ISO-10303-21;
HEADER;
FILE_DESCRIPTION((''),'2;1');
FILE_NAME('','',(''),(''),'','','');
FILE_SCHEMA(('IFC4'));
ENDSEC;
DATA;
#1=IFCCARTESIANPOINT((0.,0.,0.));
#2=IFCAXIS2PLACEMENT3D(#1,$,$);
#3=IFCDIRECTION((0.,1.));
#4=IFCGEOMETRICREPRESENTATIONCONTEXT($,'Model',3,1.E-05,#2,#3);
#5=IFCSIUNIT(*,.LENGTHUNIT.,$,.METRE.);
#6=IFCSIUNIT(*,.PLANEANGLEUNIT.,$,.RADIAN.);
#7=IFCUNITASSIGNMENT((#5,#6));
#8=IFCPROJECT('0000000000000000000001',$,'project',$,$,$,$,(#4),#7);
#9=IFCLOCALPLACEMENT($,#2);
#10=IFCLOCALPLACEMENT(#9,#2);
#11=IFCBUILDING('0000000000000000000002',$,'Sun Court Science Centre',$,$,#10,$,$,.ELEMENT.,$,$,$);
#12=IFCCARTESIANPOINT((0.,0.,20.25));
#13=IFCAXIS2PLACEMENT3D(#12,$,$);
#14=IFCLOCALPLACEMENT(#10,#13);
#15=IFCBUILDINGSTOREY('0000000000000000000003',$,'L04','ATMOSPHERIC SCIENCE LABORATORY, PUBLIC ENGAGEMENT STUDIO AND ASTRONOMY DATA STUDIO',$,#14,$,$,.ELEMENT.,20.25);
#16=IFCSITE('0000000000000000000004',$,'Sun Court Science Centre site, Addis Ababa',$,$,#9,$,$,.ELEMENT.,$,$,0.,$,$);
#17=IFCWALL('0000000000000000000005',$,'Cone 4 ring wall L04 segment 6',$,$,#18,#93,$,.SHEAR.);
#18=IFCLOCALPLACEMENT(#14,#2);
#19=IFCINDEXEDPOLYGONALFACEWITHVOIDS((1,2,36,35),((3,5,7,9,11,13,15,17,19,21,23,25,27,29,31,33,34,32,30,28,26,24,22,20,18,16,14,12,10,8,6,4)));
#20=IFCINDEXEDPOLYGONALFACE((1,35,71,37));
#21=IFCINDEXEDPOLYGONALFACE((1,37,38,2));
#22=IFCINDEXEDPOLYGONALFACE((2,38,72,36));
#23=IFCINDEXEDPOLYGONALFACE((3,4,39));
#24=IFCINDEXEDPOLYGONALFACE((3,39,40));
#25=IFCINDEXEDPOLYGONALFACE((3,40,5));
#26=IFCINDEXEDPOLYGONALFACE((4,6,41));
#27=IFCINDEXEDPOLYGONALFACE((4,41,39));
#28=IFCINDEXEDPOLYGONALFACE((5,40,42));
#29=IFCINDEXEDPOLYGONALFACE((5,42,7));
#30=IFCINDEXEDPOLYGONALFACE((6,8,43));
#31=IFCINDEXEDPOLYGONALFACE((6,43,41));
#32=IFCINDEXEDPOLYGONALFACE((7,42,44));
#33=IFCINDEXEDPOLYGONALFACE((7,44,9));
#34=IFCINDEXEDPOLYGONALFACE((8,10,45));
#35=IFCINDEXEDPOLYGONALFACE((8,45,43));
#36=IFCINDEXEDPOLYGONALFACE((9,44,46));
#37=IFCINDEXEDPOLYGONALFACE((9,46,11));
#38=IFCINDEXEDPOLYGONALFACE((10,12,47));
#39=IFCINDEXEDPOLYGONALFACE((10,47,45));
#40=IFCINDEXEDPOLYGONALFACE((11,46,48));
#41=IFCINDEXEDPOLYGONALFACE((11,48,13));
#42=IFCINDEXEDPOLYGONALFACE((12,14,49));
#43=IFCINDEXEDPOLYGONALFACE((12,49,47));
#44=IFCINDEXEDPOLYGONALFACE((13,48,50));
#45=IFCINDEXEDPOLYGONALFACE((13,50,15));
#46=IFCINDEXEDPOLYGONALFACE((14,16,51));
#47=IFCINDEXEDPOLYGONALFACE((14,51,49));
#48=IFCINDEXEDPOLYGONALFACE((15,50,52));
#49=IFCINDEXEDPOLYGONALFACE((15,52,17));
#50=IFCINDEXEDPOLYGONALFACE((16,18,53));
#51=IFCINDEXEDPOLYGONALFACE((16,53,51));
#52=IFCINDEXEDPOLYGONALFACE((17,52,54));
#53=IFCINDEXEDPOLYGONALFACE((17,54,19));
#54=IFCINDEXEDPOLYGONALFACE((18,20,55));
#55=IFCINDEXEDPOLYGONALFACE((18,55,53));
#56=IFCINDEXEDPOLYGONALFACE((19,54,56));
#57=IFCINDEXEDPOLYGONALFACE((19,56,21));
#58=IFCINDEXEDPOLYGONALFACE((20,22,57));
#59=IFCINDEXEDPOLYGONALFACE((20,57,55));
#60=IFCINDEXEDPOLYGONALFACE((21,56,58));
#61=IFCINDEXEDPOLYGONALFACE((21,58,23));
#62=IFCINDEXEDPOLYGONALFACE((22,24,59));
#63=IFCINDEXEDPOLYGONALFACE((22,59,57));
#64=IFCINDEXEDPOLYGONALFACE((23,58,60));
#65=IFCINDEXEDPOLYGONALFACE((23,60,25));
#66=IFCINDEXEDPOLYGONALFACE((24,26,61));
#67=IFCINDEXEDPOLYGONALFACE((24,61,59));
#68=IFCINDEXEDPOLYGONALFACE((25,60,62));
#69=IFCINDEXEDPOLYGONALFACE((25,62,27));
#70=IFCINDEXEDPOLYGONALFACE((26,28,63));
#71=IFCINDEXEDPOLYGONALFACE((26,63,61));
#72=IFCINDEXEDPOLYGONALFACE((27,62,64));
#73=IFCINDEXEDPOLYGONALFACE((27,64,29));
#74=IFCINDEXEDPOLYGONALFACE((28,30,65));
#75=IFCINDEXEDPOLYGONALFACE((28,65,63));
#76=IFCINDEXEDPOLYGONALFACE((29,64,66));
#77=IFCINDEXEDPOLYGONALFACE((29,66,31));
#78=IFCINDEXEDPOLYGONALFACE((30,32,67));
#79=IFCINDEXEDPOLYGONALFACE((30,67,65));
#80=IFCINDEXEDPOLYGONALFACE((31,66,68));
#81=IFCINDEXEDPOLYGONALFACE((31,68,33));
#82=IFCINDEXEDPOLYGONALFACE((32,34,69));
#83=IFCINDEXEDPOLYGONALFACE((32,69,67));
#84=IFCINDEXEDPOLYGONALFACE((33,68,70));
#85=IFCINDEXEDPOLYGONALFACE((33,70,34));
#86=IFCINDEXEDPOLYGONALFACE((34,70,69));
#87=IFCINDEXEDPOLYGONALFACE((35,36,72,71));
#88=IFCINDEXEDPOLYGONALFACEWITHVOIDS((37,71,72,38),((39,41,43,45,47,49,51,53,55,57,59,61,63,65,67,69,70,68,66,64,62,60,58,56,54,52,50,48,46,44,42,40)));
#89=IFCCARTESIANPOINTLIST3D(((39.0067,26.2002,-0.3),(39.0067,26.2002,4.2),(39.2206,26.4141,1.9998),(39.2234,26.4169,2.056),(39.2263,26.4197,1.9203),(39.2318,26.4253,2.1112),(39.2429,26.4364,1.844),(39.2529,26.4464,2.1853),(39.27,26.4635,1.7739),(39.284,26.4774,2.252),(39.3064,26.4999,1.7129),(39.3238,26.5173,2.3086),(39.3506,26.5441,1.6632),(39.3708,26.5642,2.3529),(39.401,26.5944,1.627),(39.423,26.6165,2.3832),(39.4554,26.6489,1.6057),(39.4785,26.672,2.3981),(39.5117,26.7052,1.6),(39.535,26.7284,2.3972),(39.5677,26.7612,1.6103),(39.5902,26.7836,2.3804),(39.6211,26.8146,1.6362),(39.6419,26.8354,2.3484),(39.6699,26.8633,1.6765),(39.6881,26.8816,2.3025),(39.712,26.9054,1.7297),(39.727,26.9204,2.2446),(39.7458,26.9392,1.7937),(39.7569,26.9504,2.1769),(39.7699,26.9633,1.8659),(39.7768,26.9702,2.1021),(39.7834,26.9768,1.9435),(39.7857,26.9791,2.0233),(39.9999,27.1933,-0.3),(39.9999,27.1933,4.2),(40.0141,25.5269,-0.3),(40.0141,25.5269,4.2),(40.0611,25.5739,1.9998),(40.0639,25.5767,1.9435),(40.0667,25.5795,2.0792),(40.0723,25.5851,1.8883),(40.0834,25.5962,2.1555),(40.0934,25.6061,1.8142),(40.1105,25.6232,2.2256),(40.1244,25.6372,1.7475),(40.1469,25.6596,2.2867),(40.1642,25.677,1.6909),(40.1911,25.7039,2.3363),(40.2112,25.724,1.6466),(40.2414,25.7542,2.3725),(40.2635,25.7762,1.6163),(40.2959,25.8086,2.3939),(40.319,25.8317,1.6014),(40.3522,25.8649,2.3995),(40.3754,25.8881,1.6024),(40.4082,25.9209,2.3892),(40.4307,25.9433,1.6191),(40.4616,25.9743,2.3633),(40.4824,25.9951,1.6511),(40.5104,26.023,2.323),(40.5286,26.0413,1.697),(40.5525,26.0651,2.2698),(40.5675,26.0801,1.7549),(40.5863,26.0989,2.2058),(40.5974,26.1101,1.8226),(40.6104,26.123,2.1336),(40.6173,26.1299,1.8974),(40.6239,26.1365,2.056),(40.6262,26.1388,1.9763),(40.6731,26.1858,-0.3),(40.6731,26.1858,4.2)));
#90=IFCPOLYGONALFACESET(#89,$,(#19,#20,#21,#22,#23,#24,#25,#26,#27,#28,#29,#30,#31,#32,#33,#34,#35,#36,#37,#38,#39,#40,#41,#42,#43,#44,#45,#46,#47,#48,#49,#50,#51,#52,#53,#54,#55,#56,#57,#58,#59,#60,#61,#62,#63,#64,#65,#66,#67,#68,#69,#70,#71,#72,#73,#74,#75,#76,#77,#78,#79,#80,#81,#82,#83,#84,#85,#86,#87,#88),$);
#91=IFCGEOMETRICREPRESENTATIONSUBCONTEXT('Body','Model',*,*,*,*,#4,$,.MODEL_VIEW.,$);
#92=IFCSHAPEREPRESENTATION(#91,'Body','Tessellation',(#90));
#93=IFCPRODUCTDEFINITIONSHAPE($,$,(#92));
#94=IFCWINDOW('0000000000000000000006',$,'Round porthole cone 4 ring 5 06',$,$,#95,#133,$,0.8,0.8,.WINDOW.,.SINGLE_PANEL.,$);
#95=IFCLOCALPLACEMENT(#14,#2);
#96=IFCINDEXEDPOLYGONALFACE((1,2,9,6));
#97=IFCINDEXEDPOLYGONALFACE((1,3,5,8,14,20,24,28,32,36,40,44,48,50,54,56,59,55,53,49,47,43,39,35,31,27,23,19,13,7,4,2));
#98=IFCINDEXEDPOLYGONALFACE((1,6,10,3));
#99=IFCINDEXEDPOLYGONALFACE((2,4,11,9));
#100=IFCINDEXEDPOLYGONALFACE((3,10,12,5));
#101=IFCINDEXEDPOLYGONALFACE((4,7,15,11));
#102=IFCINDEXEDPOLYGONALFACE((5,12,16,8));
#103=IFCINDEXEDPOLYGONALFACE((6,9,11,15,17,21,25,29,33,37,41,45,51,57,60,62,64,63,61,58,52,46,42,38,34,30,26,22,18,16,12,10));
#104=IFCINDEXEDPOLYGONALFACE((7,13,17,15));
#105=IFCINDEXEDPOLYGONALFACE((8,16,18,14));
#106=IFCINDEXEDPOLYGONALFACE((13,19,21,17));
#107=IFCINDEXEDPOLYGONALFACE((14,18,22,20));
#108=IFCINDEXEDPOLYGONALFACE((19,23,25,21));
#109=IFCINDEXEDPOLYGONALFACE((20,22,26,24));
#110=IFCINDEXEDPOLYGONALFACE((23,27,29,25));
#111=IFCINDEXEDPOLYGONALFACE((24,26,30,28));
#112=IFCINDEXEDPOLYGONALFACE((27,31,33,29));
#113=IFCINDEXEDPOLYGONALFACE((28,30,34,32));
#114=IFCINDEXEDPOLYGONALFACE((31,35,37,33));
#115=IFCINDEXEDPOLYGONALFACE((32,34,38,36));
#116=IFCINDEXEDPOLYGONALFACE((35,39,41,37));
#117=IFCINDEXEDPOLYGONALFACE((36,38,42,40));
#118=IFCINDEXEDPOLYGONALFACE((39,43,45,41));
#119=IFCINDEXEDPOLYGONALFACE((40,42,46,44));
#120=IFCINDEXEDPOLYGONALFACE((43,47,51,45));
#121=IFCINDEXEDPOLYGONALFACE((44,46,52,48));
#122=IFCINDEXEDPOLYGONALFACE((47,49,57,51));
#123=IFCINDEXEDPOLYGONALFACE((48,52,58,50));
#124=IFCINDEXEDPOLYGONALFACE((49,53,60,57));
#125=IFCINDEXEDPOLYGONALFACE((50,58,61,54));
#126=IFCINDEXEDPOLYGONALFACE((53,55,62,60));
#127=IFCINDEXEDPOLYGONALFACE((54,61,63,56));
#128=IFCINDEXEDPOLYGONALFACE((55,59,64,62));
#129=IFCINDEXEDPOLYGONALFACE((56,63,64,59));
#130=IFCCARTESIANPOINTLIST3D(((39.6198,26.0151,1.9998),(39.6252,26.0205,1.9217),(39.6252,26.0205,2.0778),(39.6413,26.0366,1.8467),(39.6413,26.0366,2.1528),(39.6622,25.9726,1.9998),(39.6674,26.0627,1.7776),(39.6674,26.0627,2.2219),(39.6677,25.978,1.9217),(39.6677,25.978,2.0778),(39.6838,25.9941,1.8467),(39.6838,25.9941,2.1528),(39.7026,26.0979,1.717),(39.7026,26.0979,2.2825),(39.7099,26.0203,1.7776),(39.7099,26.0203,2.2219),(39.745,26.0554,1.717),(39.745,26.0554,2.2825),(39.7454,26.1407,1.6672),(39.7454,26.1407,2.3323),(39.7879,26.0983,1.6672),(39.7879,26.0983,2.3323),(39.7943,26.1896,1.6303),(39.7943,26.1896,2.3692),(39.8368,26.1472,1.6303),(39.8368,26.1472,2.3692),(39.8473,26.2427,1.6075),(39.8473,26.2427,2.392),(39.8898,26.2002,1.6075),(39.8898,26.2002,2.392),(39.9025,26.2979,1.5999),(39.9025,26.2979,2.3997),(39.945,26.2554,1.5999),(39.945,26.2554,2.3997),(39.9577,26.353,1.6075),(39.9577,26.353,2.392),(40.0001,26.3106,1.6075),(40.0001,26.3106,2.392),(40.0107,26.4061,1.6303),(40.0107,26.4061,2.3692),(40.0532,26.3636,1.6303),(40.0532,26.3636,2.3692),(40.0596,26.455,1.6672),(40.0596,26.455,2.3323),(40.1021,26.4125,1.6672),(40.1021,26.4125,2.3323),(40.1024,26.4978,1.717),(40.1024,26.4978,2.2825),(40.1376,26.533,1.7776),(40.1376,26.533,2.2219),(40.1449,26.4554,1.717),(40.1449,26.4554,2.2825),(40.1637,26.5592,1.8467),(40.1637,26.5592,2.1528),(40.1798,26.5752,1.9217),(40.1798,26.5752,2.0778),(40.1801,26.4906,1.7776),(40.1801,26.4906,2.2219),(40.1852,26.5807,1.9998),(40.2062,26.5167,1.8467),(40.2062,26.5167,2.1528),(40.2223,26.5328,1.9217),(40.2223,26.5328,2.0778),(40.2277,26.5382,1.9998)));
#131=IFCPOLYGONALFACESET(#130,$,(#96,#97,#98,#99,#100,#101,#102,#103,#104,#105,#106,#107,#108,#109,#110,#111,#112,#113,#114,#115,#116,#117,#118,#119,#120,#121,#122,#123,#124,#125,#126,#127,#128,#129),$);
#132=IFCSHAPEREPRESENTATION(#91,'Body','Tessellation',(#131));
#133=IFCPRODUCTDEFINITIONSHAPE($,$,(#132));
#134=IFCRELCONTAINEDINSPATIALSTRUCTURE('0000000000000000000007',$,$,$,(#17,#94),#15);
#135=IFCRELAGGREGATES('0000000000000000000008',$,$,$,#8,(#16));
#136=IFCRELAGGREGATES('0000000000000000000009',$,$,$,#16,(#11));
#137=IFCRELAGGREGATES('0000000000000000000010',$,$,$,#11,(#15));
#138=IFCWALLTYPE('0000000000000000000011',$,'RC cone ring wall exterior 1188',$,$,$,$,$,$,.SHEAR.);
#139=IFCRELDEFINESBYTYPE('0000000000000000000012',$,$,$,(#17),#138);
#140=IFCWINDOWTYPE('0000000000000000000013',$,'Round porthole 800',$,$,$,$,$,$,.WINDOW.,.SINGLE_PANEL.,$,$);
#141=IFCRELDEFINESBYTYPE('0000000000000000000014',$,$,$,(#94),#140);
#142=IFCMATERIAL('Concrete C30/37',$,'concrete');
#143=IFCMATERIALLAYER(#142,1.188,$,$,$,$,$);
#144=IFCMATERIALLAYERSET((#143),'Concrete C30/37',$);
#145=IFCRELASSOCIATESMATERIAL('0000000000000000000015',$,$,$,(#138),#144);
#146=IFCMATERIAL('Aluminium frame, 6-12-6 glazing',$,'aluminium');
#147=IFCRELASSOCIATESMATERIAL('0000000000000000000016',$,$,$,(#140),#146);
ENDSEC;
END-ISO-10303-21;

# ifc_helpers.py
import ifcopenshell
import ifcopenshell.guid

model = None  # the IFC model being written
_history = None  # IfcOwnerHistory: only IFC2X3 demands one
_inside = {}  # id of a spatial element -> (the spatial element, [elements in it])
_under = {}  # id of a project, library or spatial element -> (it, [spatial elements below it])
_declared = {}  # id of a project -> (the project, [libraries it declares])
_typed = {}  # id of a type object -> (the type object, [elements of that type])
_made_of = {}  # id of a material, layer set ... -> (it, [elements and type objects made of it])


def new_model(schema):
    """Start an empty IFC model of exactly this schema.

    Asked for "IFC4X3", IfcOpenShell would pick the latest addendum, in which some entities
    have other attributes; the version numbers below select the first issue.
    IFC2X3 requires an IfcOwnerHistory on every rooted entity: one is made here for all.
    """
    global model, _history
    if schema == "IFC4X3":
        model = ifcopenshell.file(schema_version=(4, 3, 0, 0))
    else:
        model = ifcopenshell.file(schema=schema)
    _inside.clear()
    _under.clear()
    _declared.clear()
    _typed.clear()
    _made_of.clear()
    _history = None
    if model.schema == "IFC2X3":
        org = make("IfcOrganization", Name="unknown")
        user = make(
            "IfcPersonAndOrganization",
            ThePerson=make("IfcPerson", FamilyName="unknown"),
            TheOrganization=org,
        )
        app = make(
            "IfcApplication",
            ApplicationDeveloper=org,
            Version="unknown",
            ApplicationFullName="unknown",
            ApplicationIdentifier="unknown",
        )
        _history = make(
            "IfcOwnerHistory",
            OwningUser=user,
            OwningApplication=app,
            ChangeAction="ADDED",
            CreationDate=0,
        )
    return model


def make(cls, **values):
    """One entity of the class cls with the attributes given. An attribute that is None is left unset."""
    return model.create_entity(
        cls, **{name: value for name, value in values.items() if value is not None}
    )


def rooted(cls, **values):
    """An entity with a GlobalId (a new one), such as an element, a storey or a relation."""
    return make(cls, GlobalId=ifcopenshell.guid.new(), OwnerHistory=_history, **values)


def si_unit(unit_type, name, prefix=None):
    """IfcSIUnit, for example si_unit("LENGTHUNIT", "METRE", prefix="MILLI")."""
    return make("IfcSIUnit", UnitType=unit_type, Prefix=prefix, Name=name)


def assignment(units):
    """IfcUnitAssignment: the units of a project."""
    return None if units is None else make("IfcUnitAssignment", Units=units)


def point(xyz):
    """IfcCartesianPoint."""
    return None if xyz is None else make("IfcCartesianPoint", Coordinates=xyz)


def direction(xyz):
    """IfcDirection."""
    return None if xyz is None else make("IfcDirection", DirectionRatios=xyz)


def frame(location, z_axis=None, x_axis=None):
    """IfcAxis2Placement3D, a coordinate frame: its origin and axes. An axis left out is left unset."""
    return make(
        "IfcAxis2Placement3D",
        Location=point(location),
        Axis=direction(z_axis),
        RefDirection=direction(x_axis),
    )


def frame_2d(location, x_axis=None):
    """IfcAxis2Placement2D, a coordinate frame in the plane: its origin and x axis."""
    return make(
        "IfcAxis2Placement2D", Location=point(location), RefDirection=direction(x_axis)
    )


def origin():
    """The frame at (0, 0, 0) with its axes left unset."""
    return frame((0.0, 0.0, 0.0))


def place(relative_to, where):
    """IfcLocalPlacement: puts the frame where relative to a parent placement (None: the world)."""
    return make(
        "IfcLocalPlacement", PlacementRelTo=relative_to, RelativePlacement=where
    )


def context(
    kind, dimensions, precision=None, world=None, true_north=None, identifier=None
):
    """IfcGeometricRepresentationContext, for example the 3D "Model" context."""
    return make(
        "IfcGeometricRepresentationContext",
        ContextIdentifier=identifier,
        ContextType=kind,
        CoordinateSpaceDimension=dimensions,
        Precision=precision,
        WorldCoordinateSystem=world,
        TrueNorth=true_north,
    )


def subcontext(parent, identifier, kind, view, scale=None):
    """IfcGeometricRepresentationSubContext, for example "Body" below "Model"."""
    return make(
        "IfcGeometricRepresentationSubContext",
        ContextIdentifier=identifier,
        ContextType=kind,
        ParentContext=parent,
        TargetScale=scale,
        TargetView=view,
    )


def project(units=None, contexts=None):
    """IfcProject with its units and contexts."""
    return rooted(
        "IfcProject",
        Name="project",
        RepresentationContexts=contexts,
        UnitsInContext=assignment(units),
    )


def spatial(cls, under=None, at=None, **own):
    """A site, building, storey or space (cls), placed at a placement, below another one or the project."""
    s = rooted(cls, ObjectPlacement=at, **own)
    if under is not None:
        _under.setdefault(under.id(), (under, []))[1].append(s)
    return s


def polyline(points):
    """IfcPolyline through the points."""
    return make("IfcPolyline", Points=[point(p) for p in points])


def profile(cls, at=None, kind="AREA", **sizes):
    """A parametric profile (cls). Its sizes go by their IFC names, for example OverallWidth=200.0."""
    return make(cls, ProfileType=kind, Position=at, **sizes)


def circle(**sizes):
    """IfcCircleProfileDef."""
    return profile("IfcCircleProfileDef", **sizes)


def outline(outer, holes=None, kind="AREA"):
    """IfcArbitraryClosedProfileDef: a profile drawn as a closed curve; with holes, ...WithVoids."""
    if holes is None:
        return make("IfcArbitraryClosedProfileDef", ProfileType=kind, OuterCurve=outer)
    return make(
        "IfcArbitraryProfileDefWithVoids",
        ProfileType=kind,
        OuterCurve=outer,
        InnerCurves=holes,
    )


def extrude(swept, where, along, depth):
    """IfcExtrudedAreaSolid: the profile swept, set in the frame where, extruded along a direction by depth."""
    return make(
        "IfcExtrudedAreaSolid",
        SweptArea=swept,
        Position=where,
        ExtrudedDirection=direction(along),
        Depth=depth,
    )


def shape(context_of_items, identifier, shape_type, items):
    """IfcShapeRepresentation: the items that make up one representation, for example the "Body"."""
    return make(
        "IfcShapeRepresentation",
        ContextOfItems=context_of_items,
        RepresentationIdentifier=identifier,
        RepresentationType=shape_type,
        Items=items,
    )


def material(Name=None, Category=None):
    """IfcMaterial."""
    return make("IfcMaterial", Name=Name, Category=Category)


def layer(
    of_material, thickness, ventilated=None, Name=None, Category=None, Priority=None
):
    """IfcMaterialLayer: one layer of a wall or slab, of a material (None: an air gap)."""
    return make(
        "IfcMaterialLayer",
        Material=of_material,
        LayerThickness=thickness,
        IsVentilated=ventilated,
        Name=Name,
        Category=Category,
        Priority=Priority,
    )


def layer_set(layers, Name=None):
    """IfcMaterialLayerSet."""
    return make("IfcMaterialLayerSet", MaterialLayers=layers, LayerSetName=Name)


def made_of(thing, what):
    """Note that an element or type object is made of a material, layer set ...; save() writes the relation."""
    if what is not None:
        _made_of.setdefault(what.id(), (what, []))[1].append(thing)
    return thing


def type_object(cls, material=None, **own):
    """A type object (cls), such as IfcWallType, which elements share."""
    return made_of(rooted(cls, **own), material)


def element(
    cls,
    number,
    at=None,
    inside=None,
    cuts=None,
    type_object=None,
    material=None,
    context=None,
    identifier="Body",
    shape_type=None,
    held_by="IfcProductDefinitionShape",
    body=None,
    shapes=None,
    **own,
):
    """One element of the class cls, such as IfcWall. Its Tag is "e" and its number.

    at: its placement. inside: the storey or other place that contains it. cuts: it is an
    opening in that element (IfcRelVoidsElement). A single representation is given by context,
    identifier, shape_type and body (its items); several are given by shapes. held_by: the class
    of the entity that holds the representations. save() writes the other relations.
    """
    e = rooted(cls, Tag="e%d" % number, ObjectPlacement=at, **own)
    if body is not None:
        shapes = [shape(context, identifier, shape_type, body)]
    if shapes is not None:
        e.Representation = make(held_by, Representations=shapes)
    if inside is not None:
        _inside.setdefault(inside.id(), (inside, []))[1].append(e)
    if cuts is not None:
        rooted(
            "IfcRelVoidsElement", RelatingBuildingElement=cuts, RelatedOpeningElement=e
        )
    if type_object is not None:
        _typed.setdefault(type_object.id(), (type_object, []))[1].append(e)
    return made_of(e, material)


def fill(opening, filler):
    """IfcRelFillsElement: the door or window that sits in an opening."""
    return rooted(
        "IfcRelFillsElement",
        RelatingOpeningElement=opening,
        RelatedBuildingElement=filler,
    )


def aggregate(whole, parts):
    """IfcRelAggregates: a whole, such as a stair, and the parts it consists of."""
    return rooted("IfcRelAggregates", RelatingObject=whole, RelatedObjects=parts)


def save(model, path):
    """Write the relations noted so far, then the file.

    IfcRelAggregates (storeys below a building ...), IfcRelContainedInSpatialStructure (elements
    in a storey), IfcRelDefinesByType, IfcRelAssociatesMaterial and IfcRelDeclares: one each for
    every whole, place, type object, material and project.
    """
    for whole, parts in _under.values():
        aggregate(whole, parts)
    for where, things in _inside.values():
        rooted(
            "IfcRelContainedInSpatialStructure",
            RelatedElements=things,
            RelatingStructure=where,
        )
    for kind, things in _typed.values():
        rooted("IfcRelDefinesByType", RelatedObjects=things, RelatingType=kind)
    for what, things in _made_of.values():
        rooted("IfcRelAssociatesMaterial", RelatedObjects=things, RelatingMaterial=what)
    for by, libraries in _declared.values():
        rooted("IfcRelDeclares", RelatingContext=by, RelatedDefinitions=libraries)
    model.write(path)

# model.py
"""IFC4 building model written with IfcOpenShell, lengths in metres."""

from ifc_helpers import new_model, si_unit, direction, frame, frame_2d, origin, place, context, subcontext, project, spatial, polyline, circle, outline, extrude, material, layer, layer_set, type_object, element, fill, save


model = new_model("IFC4")

# Units and contexts
model_context = context("Model", 3, precision=1e-05, world=origin(), true_north=direction((0.0, 1.0)))
body_context = subcontext(model_context, "Body", "Model", "MODEL_VIEW")
ifc_project = project(units=[si_unit("LENGTHUNIT", "METRE"), si_unit("PLANEANGLEUNIT", "RADIAN")], contexts=[model_context])

# Site, building, storey
site_placement = place(None, origin())
site = spatial("IfcSite", under=ifc_project, at=site_placement, Name="Sun Court Science Centre site, Addis Ababa", CompositionType="ELEMENT", RefElevation=0.0)
building_placement = place(site_placement, origin())
building = spatial("IfcBuilding", under=site, at=building_placement, Name="Sun Court Science Centre", CompositionType="ELEMENT")
storey_placement = place(building_placement, frame((0.0, 0.0, 20.25)))
storey = spatial("IfcBuildingStorey", under=building, at=storey_placement, Name="L04", Description="ATMOSPHERIC SCIENCE LABORATORY, PUBLIC ENGAGEMENT STUDIO AND ASTRONOMY DATA STUDIO", CompositionType="ELEMENT", Elevation=20.25)

# Wall, opening, window
ifc_material_1 = material(Name="Concrete C30/37", Category="concrete")
ifc_layer = layer(ifc_material_1, 1.188)
ifc_layer_set = layer_set([ifc_layer], Name="Concrete C30/37")
wall_type = type_object("IfcWallType", Name="RC cone ring wall exterior 1188", PredefinedType="SHEAR", material=ifc_layer_set)
ifc_material_2 = material(Name="Aluminium frame, 6-12-6 glazing", Category="aluminium")
window_type = type_object("IfcWindowType", Name="Round porthole 800", PartitioningType="SINGLE_PANEL", PredefinedType="WINDOW", material=ifc_material_2)
wall_1_placement = place(storey_placement, frame((40.4202, 26.7732, -0.3), z_axis=(0.0, 0.0, 1.0), x_axis=(-0.70702, -0.707194, 0.0)))
wall_1 = element("IfcWall", 1, at=wall_1_placement, inside=storey, type_object=wall_type, Name="Cone 4 ring wall L04 segment 6", PredefinedType="SHEAR", context=body_context, shape_type="SweptSolid", body=[
    extrude(outline(polyline([(0.0, -0.5942), (1.4045, -0.5945), (1.1685, 0.594), (0.2366, 0.5942), (0.0, -0.5942)])), origin(), (0.0, 0.0, 1.0), 4.5),
])
opening_1_placement = place(wall_1_placement, frame((0.3022, 0.0, 1.8999)))
opening_1 = element("IfcOpeningElement", 2, at=opening_1_placement, cuts=wall_1, PredefinedType="OPENING", context=body_context, shape_type="SweptSolid", body=[
    extrude(circle(Radius=0.3999, at=frame_2d((0.3999, 0.3999))), frame((0.0, 0.6042, 0.0), z_axis=(0.0, -1.0, 0.0), x_axis=(1.0, 0.0, 0.0)), (0.0, 0.0, 1.0), 1.2085),
])
window_1_placement = place(opening_1_placement, origin())
window_1 = element("IfcWindow", 3, at=window_1_placement, inside=storey, type_object=window_type, Name="Round porthole cone 4 ring 5 06", OverallHeight=0.8, OverallWidth=0.8, PartitioningType="SINGLE_PANEL", PredefinedType="WINDOW", context=body_context, shape_type="SweptSolid", body=[
    extrude(circle(Radius=0.3999, at=frame_2d((0.3999, 0.3999))), frame((0.0, 0.03, 0.0), z_axis=(0.0, -1.0, 0.0), x_axis=(1.0, 0.0, 0.0)), (0.0, 0.0, 1.0), 0.0601),
])
fill(opening_1, window_1)

save(model, "model.ifc")
